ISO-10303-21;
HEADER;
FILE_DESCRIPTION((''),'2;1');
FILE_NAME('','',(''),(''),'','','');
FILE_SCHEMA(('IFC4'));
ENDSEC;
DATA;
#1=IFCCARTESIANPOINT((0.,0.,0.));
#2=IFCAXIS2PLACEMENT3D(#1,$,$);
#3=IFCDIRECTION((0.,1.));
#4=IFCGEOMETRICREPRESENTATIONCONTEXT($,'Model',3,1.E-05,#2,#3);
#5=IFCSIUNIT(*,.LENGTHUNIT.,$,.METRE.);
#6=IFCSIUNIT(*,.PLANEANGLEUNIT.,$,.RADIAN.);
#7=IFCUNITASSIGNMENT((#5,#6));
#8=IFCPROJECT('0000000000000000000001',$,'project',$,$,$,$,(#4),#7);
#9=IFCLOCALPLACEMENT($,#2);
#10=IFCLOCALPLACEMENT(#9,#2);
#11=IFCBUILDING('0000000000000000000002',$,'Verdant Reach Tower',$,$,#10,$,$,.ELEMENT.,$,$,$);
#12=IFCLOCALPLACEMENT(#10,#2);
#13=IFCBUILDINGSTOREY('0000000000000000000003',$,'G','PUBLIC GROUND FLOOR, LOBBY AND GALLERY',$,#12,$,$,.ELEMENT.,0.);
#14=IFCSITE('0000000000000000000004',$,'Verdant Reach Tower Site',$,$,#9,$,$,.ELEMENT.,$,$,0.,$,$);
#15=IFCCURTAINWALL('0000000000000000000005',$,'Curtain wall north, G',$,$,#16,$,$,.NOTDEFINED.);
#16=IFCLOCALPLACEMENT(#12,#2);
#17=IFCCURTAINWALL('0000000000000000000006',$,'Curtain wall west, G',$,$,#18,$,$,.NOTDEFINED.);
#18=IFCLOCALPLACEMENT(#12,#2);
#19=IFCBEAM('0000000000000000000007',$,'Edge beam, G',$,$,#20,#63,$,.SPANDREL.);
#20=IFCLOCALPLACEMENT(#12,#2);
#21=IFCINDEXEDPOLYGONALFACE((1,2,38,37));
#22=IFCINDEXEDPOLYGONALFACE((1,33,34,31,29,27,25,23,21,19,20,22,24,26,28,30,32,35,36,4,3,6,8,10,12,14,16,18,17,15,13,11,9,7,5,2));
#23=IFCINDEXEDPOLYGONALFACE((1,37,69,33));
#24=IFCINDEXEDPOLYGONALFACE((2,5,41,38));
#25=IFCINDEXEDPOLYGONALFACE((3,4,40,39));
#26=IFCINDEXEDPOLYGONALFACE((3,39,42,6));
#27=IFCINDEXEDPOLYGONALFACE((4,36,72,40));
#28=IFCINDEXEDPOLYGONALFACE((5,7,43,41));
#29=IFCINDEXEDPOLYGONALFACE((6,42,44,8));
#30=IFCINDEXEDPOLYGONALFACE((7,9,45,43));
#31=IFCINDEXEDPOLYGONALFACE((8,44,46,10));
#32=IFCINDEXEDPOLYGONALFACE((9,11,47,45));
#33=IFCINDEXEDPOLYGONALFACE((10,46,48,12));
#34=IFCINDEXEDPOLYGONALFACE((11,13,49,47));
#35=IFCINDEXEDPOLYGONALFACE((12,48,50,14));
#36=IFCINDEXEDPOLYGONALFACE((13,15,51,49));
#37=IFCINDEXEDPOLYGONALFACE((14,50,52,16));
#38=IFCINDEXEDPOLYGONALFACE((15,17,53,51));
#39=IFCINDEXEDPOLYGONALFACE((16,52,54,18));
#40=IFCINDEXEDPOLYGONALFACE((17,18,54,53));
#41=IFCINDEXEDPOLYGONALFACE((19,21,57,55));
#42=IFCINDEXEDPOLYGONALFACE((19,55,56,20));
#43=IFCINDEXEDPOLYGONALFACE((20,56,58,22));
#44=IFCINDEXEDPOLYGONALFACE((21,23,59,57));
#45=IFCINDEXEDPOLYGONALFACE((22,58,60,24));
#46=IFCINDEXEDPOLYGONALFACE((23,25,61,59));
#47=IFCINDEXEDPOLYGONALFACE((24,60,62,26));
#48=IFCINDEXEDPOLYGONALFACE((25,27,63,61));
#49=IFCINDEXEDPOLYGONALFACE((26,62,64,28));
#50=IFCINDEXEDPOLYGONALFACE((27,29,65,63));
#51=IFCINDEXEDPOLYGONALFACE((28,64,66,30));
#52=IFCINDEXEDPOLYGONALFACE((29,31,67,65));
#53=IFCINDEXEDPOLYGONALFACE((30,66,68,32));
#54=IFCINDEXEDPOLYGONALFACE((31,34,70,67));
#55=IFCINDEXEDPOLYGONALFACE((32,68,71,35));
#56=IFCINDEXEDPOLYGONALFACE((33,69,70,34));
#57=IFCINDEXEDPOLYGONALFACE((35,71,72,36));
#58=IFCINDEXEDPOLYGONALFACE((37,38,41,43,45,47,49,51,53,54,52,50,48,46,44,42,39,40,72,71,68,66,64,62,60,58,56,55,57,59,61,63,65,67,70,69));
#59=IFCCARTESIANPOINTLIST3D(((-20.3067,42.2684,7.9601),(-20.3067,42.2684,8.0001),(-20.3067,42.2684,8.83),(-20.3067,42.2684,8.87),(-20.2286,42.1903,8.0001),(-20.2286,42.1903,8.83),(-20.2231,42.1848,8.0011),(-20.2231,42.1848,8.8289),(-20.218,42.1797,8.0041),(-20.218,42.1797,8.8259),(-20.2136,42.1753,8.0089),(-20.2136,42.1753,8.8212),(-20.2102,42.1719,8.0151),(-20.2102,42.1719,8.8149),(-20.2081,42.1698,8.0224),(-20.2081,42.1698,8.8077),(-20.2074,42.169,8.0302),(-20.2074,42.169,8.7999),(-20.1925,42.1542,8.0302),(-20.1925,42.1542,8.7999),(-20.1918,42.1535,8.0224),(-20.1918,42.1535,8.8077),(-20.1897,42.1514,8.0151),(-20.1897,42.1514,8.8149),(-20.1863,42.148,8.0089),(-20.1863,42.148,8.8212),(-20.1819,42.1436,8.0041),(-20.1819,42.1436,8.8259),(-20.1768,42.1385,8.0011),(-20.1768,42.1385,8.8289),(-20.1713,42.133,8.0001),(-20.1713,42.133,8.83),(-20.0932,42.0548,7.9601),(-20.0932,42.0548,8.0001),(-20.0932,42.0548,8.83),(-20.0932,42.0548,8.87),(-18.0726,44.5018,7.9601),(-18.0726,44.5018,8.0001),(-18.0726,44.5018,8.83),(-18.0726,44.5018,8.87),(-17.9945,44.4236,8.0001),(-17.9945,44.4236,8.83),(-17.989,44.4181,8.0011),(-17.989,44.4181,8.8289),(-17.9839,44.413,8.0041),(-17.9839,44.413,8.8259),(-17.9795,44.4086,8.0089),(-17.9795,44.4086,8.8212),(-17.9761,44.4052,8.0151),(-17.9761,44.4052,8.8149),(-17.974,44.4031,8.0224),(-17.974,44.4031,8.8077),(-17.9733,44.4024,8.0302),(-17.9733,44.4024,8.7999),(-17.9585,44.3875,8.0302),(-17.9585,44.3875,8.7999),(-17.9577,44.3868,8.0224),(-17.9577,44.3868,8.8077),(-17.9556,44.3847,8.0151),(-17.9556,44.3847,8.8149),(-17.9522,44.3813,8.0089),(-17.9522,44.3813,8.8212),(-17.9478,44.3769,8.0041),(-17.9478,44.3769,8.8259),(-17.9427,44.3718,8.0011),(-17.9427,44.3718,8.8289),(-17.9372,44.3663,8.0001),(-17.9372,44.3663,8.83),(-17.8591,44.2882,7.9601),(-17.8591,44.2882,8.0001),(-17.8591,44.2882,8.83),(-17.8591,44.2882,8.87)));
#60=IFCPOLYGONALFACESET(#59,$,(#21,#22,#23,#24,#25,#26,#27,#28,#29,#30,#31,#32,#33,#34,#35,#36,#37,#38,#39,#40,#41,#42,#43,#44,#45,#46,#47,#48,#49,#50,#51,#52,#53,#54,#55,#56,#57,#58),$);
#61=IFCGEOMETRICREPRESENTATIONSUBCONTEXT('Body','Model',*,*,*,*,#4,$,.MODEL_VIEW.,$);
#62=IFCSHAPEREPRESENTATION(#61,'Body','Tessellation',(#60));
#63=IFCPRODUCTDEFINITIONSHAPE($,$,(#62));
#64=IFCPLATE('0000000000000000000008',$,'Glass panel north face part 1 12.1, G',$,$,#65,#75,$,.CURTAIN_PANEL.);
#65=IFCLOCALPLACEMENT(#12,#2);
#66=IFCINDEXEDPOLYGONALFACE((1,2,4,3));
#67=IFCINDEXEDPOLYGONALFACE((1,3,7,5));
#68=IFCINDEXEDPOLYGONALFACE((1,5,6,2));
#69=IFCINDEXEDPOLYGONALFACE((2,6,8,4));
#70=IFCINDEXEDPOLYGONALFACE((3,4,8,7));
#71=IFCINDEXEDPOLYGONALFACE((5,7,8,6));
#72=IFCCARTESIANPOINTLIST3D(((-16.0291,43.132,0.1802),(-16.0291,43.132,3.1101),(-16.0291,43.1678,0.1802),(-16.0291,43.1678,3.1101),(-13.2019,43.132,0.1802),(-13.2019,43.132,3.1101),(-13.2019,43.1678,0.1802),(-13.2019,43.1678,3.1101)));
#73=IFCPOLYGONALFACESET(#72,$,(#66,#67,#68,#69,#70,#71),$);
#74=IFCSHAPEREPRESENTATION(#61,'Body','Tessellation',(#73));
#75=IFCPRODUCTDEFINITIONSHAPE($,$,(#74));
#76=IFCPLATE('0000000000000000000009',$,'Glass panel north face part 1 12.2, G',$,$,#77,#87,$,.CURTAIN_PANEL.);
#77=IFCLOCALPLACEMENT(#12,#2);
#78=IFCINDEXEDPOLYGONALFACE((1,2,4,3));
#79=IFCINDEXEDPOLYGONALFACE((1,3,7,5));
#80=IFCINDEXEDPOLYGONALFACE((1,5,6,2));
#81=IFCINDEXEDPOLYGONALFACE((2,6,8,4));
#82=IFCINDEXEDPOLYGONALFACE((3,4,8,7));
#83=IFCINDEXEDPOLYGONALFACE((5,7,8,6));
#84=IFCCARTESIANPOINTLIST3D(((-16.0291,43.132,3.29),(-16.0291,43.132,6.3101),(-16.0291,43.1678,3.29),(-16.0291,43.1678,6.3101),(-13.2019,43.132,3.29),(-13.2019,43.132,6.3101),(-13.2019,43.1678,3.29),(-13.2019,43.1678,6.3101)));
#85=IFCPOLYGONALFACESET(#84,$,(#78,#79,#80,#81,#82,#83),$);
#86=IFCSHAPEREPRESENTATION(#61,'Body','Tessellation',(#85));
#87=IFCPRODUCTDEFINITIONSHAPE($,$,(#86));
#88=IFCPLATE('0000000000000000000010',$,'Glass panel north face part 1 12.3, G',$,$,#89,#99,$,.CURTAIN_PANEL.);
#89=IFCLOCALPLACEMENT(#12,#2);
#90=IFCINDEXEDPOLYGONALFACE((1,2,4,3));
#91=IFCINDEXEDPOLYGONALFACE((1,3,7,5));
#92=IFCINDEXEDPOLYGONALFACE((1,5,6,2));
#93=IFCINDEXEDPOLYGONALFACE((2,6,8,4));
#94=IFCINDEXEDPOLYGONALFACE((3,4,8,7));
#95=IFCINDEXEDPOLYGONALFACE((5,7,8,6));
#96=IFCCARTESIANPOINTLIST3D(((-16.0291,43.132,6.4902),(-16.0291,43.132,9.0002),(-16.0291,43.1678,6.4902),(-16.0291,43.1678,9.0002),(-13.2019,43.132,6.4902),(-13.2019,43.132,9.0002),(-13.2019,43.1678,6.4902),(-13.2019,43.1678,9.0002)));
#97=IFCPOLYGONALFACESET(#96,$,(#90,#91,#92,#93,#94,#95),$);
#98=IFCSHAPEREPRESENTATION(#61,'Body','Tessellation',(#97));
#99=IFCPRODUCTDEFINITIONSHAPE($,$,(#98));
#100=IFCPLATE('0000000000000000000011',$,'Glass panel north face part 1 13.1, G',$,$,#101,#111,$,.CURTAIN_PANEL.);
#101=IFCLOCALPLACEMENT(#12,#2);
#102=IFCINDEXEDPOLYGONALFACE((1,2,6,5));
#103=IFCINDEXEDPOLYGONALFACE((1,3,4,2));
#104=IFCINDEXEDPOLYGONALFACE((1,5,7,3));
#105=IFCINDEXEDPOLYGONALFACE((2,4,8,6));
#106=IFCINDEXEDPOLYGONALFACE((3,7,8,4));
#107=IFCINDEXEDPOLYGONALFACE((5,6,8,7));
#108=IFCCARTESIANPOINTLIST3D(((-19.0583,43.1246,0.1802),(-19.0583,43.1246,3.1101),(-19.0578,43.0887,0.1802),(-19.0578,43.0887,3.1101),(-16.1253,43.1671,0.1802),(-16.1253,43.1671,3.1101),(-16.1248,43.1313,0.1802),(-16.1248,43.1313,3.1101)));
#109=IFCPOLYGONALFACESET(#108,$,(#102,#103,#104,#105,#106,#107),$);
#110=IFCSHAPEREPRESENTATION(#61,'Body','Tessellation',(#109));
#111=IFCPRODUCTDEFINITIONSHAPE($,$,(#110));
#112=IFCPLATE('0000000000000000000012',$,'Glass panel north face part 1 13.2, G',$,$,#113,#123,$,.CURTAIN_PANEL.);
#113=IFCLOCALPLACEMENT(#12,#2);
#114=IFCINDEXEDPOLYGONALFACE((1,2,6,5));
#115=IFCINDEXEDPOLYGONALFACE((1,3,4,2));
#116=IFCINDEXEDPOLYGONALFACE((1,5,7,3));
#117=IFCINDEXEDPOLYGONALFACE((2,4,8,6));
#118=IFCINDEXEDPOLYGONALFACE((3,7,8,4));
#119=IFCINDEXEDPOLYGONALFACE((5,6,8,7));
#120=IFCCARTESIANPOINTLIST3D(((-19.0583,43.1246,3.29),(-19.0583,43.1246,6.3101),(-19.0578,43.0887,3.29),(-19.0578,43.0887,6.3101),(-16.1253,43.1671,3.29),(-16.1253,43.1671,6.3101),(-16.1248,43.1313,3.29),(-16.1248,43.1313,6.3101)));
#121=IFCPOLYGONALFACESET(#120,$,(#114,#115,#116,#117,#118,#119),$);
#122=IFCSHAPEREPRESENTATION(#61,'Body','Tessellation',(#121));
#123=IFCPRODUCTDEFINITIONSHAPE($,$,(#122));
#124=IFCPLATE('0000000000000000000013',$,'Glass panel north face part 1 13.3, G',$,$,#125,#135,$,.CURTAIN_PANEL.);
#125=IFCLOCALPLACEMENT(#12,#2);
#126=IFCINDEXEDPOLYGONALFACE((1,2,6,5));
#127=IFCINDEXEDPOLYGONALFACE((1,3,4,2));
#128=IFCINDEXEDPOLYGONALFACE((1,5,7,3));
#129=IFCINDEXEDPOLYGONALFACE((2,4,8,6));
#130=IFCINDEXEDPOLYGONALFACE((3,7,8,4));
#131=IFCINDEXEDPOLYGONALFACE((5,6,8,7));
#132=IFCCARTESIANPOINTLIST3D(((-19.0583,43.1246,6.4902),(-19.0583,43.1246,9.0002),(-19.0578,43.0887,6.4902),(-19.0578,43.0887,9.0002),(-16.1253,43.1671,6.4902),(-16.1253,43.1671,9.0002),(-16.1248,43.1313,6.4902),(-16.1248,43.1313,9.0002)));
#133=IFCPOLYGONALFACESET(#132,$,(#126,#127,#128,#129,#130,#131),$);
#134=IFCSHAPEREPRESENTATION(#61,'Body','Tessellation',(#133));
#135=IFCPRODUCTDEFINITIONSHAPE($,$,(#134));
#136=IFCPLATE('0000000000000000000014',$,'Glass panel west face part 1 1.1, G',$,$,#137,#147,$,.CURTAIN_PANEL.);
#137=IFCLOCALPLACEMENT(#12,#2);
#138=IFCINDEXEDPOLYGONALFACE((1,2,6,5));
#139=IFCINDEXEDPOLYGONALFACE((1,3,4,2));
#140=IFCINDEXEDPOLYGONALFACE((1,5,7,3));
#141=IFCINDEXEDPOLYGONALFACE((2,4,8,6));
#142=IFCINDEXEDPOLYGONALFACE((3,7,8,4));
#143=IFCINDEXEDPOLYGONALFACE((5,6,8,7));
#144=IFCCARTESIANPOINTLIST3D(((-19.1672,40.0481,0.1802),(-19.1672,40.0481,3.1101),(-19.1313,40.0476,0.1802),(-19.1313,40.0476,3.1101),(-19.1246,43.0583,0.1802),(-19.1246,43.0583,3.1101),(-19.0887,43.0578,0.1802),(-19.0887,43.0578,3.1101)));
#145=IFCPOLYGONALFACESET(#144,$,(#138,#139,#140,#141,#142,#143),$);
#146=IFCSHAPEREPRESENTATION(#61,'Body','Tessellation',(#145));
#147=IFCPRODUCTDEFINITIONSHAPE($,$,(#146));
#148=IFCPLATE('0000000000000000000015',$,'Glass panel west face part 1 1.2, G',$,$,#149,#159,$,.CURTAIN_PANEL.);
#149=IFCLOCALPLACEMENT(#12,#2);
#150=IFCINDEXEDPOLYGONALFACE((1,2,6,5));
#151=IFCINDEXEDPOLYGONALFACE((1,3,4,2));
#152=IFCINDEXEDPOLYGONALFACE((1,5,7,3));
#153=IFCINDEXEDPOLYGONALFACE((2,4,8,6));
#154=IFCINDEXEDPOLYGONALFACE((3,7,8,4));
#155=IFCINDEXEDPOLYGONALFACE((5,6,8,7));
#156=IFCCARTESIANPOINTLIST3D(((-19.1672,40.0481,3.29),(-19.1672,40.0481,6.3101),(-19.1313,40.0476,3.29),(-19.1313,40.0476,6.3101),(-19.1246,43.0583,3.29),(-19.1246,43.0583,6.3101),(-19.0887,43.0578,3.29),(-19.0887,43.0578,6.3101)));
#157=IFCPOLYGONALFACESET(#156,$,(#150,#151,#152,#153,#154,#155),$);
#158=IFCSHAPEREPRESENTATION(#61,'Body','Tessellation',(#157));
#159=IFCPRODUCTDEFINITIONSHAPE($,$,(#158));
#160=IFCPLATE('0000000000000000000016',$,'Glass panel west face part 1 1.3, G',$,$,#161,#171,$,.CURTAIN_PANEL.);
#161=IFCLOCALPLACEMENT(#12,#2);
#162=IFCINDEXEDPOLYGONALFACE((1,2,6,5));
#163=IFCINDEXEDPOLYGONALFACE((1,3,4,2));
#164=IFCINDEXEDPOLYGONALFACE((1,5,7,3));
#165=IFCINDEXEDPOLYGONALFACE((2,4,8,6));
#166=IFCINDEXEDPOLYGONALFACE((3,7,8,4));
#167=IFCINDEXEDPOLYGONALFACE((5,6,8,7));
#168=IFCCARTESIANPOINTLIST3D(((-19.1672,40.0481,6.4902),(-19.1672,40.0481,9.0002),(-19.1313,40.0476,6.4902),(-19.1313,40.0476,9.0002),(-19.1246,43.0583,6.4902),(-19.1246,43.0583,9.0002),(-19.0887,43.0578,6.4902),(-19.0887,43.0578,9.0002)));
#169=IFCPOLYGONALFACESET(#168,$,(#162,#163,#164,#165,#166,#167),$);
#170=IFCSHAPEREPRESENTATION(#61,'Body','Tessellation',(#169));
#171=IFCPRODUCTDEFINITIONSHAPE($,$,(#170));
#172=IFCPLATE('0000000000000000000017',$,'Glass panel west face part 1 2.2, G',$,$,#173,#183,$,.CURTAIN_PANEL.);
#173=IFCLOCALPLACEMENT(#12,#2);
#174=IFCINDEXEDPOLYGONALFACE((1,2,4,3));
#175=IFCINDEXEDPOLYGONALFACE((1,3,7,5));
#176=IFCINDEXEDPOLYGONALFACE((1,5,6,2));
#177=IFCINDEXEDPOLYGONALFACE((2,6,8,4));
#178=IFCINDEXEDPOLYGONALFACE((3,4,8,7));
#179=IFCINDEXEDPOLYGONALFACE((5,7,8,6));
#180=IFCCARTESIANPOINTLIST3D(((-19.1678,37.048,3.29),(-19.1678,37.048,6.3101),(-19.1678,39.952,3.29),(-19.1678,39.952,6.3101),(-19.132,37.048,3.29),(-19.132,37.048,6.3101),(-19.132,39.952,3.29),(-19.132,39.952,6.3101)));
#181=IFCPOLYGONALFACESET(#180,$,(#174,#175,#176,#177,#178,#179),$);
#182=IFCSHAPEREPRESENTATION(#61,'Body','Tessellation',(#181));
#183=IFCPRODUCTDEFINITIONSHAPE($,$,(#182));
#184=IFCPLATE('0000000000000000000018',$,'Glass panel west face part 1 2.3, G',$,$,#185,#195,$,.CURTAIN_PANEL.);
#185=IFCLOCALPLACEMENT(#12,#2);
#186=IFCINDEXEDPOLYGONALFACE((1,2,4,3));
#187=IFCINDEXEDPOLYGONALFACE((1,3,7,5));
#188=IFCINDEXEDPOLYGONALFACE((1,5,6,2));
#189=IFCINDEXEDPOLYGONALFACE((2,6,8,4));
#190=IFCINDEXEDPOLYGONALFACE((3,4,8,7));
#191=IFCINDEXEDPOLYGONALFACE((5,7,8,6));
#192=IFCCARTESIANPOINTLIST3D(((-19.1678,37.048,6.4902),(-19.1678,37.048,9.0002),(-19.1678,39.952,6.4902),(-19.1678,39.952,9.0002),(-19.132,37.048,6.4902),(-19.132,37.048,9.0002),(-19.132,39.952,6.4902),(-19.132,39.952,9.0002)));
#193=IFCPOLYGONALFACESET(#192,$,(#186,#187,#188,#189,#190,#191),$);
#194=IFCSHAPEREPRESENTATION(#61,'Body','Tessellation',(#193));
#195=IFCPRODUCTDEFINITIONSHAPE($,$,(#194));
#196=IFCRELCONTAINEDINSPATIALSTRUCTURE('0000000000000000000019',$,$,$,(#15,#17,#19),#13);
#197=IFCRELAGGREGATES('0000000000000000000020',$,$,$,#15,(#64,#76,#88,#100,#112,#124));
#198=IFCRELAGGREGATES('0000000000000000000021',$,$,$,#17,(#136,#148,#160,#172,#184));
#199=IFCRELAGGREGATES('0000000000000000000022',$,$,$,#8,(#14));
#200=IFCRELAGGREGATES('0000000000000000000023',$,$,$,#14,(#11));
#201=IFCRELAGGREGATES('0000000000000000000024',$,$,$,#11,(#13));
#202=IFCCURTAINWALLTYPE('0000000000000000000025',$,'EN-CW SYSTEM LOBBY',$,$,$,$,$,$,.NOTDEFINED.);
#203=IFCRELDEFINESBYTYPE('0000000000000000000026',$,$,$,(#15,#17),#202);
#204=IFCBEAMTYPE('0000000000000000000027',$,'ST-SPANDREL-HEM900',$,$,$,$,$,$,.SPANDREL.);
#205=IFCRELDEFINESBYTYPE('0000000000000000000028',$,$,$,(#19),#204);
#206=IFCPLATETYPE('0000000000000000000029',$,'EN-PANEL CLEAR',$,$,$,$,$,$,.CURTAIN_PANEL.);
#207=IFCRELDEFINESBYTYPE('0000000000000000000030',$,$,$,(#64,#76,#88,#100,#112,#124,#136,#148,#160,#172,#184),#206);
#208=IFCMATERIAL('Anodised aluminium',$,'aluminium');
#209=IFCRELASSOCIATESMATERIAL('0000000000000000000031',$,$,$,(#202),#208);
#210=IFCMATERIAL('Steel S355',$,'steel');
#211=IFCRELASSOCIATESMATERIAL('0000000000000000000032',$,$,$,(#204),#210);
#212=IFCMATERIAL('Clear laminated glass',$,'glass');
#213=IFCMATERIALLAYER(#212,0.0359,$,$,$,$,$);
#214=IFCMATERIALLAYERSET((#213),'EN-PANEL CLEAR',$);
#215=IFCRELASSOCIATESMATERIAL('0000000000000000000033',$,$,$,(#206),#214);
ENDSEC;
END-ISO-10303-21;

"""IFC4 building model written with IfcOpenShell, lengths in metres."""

from ifc_helpers import new_model, si_unit, direction, frame, origin, origin_2d, place, context, subcontext, project, spatial, rectangle, i_section, extrude, material, layer, layer_set, material_profile, profile_set, type_object, element, aggregate, save


model = new_model("IFC4")

# Units and contexts
model_context = context("Model", 3, precision=1e-05, world=origin(), true_north=direction((0.0, 1.0)))
body_context = subcontext(model_context, "Body", "Model", "MODEL_VIEW")
ifc_project = project(units=[si_unit("LENGTHUNIT", "METRE"), si_unit("PLANEANGLEUNIT", "RADIAN")], contexts=[model_context])

# Site, building, storey
site_placement = place(None, origin())
site = spatial("IfcSite", under=ifc_project, at=site_placement, Name="Verdant Reach Tower Site", CompositionType="ELEMENT", RefElevation=0.0)
building_placement = place(site_placement, origin())
building = spatial("IfcBuilding", under=site, at=building_placement, Name="Verdant Reach Tower", CompositionType="ELEMENT")
storey_placement = place(building_placement, origin())
storey = spatial("IfcBuildingStorey", under=building, at=storey_placement, Name="G", Description="PUBLIC GROUND FLOOR, LOBBY AND GALLERY", CompositionType="ELEMENT", Elevation=0.0)

# Curtain wall
ifc_material_1 = material(Name="Anodised aluminium", Category="aluminium")
curtain_wall_type = type_object("IfcCurtainWallType", Name="EN-CW SYSTEM LOBBY", PredefinedType="NOTDEFINED", material=ifc_material_1)
curtain_wall_1_placement = place(storey_placement, origin())
curtain_wall_1 = element("IfcCurtainWall", 1, at=curtain_wall_1_placement, inside=storey, type_object=curtain_wall_type, Name="Curtain wall north, G", PredefinedType="NOTDEFINED")

# Curtain wall
curtain_wall_2_placement = place(storey_placement, origin())
curtain_wall_2 = element("IfcCurtainWall", 2, at=curtain_wall_2_placement, inside=storey, type_object=curtain_wall_type, Name="Curtain wall west, G", PredefinedType="NOTDEFINED")

# Beam
ifc_material_2 = material(Name="Steel S355", Category="steel")
ifc_material_profile_1 = material_profile(ifc_material_2, i_section(OverallWidth=0.302, OverallDepth=0.9099, WebThickness=0.021, FlangeThickness=0.04, FilletRadius=0.03, at=origin_2d()), Name="HEM 900")
ifc_profile_set_1 = profile_set([ifc_material_profile_1], Name="Steel S355")
beam_type_1 = type_object("IfcBeamType", Name="ST-SPANDREL-HEM900", PredefinedType="SPANDREL", material=ifc_profile_set_1)
beam_1_placement = place(storey_placement, frame((-20.2, 42.1616, 8.415), z_axis=(0.707223, 0.706991, 0.0), x_axis=(-0.706991, 0.707223, 0.0)))
element("IfcBeam", 3, at=beam_1_placement, inside=storey, type_object=beam_type_1, Name="Edge beam, G", PredefinedType="SPANDREL", context=body_context, shape_type="SweptSolid", body=[
    extrude(i_section(OverallWidth=0.302, OverallDepth=0.9099, WebThickness=0.021, FlangeThickness=0.04, FilletRadius=0.03, at=origin_2d()), origin(), (0.0, 0.0, 1.0), 3.1589),
])

# Plates
ifc_material_3 = material(Name="Clear laminated glass", Category="glass")
ifc_layer = layer(ifc_material_3, 0.0359)
ifc_layer_set = layer_set([ifc_layer], Name="EN-PANEL CLEAR")
plate_type = type_object("IfcPlateType", Name="EN-PANEL CLEAR", PredefinedType="CURTAIN_PANEL", material=ifc_layer_set)
plate_1_placement = place(storey_placement, frame((-14.6155, 43.1499, 0.1802), z_axis=(0.0, 0.0, 1.0), x_axis=(-1.0, 0.0, 0.0)))
plate_1 = element("IfcPlate", 4, at=plate_1_placement, type_object=plate_type, Name="Glass panel north face part 1 12.1, G", PredefinedType="CURTAIN_PANEL", context=body_context, shape_type="SweptSolid", body=[
    extrude(rectangle(XDim=2.8271, YDim=0.0359, at=origin_2d()), origin(), (0.0, 0.0, 1.0), 2.9299),
])
plate_2_placement = place(storey_placement, frame((-14.6155, 43.1499, 3.29), z_axis=(0.0, 0.0, 1.0), x_axis=(-1.0, 0.0, 0.0)))
plate_2 = element("IfcPlate", 5, at=plate_2_placement, type_object=plate_type, Name="Glass panel north face part 1 12.2, G", PredefinedType="CURTAIN_PANEL", context=body_context, shape_type="SweptSolid", body=[
    extrude(rectangle(XDim=2.8271, YDim=0.0359, at=origin_2d()), origin(), (0.0, 0.0, 1.0), 3.02),
])
plate_3_placement = place(storey_placement, frame((-14.6155, 43.1499, 6.4902), z_axis=(0.0, 0.0, 1.0), x_axis=(-1.0, 0.0, 0.0)))
plate_3 = element("IfcPlate", 6, at=plate_3_placement, type_object=plate_type, Name="Glass panel north face part 1 12.3, G", PredefinedType="CURTAIN_PANEL", context=body_context, shape_type="SweptSolid", body=[
    extrude(rectangle(XDim=2.8271, YDim=0.0359, at=origin_2d()), origin(), (0.0, 0.0, 1.0), 2.51),
])
plate_4_placement = place(storey_placement, frame((-17.5916, 43.1279, 0.1802), z_axis=(0.0, 0.0, 1.0), x_axis=(-0.999895, -0.014502, 0.0)))
plate_4 = element("IfcPlate", 7, at=plate_4_placement, type_object=plate_type, Name="Glass panel north face part 1 13.1, G", PredefinedType="CURTAIN_PANEL", context=body_context, shape_type="SweptSolid", body=[
    extrude(rectangle(XDim=2.9333, YDim=0.0359, at=origin_2d()), origin(), (0.0, 0.0, 1.0), 2.9299),
])
plate_5_placement = place(storey_placement, frame((-17.5916, 43.1279, 3.29), z_axis=(0.0, 0.0, 1.0), x_axis=(-0.999895, -0.014502, 0.0)))
plate_5 = element("IfcPlate", 8, at=plate_5_placement, type_object=plate_type, Name="Glass panel north face part 1 13.2, G", PredefinedType="CURTAIN_PANEL", context=body_context, shape_type="SweptSolid", body=[
    extrude(rectangle(XDim=2.9333, YDim=0.0359, at=origin_2d()), origin(), (0.0, 0.0, 1.0), 3.02),
])
plate_6_placement = place(storey_placement, frame((-17.5916, 43.1279, 6.4902), z_axis=(0.0, 0.0, 1.0), x_axis=(-0.999895, -0.014502, 0.0)))
plate_6 = element("IfcPlate", 9, at=plate_6_placement, type_object=plate_type, Name="Glass panel north face part 1 13.3, G", PredefinedType="CURTAIN_PANEL", context=body_context, shape_type="SweptSolid", body=[
    extrude(rectangle(XDim=2.9333, YDim=0.0359, at=origin_2d()), origin(), (0.0, 0.0, 1.0), 2.51),
])
aggregate(curtain_wall_1, [plate_1, plate_2, plate_3, plate_4, plate_5, plate_6])
plate_7_placement = place(storey_placement, frame((-19.1279, 41.553, 0.1802), z_axis=(0.0, 0.0, 1.0), x_axis=(-0.014143, -0.9999, 0.0)))
plate_7 = element("IfcPlate", 10, at=plate_7_placement, type_object=plate_type, Name="Glass panel west face part 1 1.1, G", PredefinedType="CURTAIN_PANEL", context=body_context, shape_type="SweptSolid", body=[
    extrude(rectangle(XDim=3.0105, YDim=0.0359, at=origin_2d()), origin(), (0.0, 0.0, 1.0), 2.9299),
])
plate_8_placement = place(storey_placement, frame((-19.1279, 41.553, 3.29), z_axis=(0.0, 0.0, 1.0), x_axis=(-0.014143, -0.9999, 0.0)))
plate_8 = element("IfcPlate", 11, at=plate_8_placement, type_object=plate_type, Name="Glass panel west face part 1 1.2, G", PredefinedType="CURTAIN_PANEL", context=body_context, shape_type="SweptSolid", body=[
    extrude(rectangle(XDim=3.0105, YDim=0.0359, at=origin_2d()), origin(), (0.0, 0.0, 1.0), 3.02),
])
plate_9_placement = place(storey_placement, frame((-19.1279, 41.553, 6.4902), z_axis=(0.0, 0.0, 1.0), x_axis=(-0.014143, -0.9999, 0.0)))
plate_9 = element("IfcPlate", 12, at=plate_9_placement, type_object=plate_type, Name="Glass panel west face part 1 1.3, G", PredefinedType="CURTAIN_PANEL", context=body_context, shape_type="SweptSolid", body=[
    extrude(rectangle(XDim=3.0105, YDim=0.0359, at=origin_2d()), origin(), (0.0, 0.0, 1.0), 2.51),
])
plate_10_placement = place(storey_placement, frame((-19.1499, 38.5, 3.29), z_axis=(0.0, 0.0, 1.0), x_axis=(0.0, -1.0, 0.0)))
plate_10 = element("IfcPlate", 13, at=plate_10_placement, type_object=plate_type, Name="Glass panel west face part 1 2.2, G", PredefinedType="CURTAIN_PANEL", context=body_context, shape_type="SweptSolid", body=[
    extrude(rectangle(XDim=2.9041, YDim=0.0359, at=origin_2d()), origin(), (0.0, 0.0, 1.0), 3.02),
])
plate_11_placement = place(storey_placement, frame((-19.1499, 38.5, 6.4902), z_axis=(0.0, 0.0, 1.0), x_axis=(0.0, -1.0, 0.0)))
plate_11 = element("IfcPlate", 14, at=plate_11_placement, type_object=plate_type, Name="Glass panel west face part 1 2.3, G", PredefinedType="CURTAIN_PANEL", context=body_context, shape_type="SweptSolid", body=[
    extrude(rectangle(XDim=2.9041, YDim=0.0359, at=origin_2d()), origin(), (0.0, 0.0, 1.0), 2.51),
])
aggregate(curtain_wall_2, [plate_7, plate_8, plate_9, plate_10, plate_11])

save(model, "model.ifc")
